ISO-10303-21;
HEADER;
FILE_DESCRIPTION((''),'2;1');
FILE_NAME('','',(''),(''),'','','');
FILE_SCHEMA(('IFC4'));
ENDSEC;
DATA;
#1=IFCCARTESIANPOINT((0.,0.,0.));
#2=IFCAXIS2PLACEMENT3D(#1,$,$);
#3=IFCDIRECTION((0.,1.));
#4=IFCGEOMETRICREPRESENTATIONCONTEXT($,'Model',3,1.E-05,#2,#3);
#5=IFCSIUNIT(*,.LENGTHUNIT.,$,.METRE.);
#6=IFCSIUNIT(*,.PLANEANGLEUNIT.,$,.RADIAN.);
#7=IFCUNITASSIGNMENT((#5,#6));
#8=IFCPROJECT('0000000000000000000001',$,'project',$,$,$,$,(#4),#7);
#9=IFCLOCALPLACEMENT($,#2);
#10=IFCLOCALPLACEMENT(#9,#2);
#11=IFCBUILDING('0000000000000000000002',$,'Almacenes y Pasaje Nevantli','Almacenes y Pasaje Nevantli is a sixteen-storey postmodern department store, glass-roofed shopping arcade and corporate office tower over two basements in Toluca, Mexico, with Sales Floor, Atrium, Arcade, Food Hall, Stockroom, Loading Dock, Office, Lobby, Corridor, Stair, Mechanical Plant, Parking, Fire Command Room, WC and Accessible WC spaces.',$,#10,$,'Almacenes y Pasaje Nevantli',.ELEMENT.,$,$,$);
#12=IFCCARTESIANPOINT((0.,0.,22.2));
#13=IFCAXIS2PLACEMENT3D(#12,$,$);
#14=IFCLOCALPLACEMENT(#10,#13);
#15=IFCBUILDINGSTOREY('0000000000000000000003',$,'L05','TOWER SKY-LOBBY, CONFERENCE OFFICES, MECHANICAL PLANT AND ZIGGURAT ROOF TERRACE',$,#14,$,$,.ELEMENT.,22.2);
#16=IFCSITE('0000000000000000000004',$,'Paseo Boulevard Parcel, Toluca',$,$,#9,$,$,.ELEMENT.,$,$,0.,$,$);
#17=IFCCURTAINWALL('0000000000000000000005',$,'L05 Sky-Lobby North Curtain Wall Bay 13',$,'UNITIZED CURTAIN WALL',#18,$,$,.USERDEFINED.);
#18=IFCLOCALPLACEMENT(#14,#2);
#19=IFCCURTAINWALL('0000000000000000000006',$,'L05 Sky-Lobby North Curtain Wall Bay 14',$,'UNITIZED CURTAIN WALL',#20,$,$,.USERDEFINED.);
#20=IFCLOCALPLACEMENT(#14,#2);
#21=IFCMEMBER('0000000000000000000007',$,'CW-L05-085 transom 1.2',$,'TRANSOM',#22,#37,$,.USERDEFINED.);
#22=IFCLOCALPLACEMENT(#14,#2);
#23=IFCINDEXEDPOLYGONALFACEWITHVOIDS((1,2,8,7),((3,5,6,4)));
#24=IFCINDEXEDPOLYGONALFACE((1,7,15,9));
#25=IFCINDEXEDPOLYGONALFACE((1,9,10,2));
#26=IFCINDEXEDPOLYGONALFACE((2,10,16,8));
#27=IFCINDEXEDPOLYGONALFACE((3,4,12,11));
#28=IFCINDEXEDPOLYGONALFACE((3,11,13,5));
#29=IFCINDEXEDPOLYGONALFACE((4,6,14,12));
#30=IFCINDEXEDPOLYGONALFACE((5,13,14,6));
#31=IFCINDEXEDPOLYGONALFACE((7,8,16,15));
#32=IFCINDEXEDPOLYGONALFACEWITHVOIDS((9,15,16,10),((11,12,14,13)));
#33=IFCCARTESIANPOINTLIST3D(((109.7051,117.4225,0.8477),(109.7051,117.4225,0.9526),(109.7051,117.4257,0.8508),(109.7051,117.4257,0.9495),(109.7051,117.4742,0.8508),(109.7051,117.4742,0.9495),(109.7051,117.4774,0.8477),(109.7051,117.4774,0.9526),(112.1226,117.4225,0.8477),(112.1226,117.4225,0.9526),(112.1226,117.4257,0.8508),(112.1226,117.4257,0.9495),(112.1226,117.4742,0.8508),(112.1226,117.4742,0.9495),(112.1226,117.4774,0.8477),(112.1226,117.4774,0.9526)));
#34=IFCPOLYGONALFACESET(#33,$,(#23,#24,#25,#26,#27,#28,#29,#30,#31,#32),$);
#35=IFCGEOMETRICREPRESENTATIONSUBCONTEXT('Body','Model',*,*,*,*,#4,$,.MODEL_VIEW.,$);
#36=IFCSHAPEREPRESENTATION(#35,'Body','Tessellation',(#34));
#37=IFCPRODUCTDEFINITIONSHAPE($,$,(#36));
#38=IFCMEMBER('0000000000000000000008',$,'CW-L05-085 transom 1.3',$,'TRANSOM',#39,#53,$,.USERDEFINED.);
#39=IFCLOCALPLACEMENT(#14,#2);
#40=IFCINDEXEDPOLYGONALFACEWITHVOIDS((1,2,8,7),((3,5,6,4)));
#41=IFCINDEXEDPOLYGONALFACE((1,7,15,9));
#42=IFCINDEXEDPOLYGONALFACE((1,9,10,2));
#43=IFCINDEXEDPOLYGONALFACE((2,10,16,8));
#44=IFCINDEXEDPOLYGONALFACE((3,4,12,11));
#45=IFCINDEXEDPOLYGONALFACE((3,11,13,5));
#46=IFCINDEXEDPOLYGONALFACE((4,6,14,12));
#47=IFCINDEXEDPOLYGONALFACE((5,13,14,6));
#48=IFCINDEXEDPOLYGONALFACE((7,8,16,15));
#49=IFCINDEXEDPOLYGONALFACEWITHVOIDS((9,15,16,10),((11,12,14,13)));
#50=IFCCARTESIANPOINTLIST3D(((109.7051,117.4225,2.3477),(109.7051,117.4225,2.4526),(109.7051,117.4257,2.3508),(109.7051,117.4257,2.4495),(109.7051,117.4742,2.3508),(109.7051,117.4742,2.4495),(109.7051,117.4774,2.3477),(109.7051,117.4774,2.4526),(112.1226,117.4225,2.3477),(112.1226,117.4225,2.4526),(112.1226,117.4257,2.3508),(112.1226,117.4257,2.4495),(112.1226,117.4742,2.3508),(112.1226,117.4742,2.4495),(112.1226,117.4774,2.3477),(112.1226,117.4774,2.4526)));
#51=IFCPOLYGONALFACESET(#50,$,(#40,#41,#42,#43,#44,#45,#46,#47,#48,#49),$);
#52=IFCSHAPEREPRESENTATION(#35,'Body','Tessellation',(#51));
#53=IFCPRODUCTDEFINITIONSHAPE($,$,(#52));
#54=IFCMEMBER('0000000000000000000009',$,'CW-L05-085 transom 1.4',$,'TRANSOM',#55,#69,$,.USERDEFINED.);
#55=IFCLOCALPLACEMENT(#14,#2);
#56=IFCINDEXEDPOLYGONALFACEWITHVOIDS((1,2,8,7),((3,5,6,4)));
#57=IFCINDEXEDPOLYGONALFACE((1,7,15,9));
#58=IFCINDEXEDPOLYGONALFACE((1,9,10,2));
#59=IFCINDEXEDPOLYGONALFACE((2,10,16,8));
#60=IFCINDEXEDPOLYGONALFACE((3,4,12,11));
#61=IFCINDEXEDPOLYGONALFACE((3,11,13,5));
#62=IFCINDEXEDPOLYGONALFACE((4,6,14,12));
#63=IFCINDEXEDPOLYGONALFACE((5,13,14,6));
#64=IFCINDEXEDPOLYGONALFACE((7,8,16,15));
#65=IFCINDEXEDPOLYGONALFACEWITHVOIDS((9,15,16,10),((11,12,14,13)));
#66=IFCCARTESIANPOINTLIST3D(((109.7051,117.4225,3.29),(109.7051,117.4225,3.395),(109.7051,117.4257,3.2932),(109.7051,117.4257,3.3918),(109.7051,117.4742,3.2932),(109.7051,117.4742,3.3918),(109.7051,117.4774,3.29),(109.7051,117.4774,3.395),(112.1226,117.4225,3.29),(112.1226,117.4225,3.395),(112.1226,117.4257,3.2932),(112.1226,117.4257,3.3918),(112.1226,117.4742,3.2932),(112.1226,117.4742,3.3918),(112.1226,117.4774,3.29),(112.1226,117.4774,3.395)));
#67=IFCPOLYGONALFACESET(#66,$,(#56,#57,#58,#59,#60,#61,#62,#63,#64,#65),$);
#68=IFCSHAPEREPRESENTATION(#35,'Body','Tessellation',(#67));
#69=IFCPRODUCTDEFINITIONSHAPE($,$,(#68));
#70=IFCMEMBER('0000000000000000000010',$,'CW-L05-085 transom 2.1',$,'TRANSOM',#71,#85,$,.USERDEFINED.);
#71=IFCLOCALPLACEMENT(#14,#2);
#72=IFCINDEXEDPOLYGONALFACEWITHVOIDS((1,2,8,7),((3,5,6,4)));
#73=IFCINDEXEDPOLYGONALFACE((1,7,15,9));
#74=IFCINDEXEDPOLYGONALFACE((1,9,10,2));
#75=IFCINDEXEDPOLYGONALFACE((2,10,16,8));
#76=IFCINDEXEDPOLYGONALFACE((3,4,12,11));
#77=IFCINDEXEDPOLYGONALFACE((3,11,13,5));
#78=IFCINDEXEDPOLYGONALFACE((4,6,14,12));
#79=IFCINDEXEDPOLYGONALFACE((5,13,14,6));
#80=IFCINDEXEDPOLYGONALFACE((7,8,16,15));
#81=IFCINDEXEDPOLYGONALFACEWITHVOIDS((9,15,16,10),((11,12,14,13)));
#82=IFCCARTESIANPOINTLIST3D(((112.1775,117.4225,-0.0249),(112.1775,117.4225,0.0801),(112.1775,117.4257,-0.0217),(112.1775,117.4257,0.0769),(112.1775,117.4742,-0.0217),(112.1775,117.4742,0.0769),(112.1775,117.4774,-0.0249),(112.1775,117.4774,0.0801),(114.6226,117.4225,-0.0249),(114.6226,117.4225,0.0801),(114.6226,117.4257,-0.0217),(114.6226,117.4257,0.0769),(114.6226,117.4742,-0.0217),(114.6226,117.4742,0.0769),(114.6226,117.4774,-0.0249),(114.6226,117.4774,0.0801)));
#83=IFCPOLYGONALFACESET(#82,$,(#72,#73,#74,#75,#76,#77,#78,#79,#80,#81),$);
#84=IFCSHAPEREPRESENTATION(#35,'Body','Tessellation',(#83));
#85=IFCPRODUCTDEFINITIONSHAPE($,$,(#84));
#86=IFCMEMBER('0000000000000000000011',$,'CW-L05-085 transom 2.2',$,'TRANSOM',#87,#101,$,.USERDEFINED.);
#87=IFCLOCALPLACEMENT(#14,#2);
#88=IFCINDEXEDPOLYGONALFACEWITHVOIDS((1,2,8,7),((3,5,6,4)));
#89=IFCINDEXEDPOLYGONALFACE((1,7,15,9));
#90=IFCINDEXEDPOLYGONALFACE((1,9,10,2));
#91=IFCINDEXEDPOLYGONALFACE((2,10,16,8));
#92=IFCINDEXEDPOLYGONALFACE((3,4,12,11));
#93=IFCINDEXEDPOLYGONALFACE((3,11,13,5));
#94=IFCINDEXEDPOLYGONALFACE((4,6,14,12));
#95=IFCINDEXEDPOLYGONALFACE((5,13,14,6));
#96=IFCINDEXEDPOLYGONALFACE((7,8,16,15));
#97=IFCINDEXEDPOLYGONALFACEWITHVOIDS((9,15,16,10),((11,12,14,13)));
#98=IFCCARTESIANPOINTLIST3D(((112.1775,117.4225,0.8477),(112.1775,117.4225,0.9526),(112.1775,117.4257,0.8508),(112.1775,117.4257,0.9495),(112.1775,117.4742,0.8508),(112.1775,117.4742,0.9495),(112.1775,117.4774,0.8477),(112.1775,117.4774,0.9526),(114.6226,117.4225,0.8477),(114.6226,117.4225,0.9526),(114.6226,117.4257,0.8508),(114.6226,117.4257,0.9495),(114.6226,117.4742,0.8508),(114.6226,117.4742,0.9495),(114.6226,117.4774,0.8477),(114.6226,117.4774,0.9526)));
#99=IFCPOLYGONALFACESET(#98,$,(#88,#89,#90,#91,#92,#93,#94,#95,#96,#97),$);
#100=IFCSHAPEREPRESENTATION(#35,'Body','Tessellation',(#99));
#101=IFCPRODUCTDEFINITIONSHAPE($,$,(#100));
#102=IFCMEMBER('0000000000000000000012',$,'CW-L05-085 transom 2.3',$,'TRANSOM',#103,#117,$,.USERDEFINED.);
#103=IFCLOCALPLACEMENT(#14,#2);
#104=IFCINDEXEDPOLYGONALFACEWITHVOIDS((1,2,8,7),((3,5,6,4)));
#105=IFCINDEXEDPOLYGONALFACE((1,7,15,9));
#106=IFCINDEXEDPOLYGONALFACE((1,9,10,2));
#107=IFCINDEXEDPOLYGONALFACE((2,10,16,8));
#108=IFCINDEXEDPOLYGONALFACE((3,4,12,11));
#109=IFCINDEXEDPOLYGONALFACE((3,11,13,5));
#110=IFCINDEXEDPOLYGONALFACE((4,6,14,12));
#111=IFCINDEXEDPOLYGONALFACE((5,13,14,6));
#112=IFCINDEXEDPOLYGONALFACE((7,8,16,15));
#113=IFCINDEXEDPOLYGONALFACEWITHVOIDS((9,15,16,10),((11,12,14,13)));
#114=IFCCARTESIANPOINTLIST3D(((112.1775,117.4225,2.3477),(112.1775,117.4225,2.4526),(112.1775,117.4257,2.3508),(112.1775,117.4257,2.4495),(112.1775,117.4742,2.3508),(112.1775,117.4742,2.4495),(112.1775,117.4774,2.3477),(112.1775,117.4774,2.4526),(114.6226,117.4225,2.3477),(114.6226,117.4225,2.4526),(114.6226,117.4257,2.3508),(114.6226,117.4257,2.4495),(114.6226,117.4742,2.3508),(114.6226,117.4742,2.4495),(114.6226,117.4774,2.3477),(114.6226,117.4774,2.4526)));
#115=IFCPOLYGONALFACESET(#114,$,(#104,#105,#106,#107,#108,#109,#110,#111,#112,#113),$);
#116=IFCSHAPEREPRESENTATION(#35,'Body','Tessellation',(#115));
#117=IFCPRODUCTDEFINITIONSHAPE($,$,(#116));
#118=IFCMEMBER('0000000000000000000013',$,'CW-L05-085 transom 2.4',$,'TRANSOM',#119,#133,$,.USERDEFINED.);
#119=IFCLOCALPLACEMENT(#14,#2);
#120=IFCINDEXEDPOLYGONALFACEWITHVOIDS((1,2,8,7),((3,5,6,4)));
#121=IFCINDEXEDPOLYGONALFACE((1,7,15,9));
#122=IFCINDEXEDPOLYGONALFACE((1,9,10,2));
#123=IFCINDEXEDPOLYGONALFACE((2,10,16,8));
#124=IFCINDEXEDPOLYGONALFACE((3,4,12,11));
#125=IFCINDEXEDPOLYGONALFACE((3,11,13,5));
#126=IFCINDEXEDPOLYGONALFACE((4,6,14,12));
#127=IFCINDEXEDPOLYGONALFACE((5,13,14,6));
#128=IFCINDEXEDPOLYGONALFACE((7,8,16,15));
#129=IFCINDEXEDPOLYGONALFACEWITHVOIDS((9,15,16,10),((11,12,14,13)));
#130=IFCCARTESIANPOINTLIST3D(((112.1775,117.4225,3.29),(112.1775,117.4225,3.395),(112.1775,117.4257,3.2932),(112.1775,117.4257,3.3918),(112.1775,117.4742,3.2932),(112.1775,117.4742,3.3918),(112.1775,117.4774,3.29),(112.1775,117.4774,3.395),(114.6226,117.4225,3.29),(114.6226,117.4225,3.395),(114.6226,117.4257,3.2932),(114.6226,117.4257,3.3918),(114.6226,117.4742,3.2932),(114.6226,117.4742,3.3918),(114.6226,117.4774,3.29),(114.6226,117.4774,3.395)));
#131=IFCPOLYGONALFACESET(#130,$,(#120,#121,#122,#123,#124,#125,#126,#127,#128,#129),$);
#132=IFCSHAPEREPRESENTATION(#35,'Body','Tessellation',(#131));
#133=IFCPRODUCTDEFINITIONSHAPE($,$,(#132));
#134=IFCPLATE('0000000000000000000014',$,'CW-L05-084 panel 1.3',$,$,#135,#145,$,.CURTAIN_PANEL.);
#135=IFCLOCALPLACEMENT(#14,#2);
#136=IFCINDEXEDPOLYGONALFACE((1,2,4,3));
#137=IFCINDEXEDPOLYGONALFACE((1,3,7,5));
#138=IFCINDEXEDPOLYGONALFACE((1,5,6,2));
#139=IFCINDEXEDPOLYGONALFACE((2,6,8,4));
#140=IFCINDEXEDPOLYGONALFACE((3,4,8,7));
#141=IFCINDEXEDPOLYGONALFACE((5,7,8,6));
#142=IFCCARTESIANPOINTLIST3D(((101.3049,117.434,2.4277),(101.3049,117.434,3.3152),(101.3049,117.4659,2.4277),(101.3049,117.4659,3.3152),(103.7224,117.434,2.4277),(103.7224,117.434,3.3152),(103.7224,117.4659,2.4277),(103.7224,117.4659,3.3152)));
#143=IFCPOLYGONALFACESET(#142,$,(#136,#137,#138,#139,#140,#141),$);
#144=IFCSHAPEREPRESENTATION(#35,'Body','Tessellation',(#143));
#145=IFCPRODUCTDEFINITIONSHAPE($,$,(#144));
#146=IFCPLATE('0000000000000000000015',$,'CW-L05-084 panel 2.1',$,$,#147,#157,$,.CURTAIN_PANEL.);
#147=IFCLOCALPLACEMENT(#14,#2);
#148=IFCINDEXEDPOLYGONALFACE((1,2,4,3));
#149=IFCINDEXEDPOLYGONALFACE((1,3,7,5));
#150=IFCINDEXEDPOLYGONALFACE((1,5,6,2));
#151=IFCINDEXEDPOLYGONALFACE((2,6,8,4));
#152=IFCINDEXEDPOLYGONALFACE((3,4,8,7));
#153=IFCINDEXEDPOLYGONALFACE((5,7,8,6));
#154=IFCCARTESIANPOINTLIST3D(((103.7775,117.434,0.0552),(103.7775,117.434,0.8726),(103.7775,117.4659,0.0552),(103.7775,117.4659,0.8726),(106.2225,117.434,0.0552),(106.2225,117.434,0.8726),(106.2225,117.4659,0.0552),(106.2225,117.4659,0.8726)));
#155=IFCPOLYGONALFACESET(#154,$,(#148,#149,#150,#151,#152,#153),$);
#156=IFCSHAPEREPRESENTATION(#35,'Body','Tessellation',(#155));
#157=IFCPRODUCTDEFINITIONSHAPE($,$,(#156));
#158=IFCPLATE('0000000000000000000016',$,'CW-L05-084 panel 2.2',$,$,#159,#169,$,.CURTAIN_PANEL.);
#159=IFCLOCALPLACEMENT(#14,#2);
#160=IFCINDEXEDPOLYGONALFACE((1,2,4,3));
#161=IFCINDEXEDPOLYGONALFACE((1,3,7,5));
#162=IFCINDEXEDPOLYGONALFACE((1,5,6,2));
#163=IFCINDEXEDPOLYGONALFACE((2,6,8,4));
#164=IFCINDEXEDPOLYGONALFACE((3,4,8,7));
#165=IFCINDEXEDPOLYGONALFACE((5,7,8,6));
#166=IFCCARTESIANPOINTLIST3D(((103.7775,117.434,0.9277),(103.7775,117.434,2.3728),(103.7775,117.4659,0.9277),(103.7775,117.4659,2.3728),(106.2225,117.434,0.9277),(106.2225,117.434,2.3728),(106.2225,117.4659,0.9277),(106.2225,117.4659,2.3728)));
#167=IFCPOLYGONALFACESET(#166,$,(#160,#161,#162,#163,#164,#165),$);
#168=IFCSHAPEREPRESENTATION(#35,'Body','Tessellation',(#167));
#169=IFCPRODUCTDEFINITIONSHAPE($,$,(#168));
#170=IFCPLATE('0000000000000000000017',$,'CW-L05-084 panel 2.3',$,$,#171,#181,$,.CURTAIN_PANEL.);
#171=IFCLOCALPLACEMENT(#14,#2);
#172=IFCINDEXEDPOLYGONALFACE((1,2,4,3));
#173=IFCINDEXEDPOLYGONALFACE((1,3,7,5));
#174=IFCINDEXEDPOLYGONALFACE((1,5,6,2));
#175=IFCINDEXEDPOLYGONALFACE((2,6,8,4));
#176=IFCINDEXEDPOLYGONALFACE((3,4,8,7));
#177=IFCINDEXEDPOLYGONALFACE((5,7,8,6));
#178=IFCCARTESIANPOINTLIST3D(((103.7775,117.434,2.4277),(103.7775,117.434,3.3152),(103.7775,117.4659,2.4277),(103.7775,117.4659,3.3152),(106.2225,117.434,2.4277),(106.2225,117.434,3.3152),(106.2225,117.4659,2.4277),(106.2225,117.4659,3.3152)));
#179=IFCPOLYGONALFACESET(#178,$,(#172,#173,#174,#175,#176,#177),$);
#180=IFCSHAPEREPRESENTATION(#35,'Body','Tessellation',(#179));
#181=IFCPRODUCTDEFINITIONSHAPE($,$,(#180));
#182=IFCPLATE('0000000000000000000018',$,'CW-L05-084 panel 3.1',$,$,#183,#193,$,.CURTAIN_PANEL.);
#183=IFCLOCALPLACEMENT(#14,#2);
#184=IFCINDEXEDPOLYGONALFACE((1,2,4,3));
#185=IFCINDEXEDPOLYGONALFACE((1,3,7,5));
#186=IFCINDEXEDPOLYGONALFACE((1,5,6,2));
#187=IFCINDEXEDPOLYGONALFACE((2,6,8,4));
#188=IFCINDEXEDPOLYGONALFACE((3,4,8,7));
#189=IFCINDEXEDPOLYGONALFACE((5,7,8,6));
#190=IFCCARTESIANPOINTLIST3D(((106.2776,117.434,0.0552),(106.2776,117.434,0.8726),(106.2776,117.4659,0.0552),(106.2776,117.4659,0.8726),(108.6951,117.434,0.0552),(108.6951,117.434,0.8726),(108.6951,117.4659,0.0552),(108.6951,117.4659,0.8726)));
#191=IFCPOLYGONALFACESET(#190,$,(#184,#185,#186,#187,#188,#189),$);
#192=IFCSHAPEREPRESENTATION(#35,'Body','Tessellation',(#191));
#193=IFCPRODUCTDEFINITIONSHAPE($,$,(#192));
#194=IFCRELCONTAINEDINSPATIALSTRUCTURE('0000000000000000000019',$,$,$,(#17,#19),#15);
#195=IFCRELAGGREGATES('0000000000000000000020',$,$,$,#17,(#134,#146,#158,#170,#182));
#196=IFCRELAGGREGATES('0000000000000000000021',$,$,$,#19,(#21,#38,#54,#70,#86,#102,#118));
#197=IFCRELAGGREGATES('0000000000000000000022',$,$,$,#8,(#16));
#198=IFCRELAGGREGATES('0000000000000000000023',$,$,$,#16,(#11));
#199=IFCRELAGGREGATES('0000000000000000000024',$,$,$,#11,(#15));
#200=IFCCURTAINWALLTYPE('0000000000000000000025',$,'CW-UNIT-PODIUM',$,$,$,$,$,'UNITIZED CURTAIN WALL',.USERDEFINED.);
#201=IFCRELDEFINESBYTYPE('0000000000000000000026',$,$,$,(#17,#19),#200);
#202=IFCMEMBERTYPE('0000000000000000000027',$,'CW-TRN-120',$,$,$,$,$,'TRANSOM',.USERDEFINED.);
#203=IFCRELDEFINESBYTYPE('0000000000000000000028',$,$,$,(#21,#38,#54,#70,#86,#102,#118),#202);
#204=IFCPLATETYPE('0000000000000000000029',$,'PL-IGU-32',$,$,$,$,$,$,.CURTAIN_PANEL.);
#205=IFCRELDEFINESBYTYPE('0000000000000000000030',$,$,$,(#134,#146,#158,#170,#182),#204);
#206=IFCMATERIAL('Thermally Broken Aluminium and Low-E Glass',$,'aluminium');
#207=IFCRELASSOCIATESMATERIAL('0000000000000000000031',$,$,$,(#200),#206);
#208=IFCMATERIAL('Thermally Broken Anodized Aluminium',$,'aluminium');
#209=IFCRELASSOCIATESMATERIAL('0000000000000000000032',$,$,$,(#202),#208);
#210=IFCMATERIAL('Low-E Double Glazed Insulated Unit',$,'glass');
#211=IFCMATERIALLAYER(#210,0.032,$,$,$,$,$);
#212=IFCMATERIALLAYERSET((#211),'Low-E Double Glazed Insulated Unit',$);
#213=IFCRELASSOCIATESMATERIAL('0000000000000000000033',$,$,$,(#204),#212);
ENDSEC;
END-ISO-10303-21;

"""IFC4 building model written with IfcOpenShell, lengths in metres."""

from ifc_helpers import new_model, si_unit, direction, frame, origin, origin_2d, place, context, subcontext, project, spatial, rectangle, hollow_rectangle, extrude, material, layer, layer_set, material_profile, profile_set, type_object, element, aggregate, save


model = new_model("IFC4")

# Units and contexts
model_context = context("Model", 3, precision=1e-05, world=origin(), true_north=direction((0.0, 1.0)))
body_context = subcontext(model_context, "Body", "Model", "MODEL_VIEW")
ifc_project = project(units=[si_unit("LENGTHUNIT", "METRE"), si_unit("PLANEANGLEUNIT", "RADIAN")], contexts=[model_context])

# Site, building, storey
site_placement = place(None, origin())
site = spatial("IfcSite", under=ifc_project, at=site_placement, Name="Paseo Boulevard Parcel, Toluca", CompositionType="ELEMENT", RefElevation=0.0)
building_placement = place(site_placement, origin())
building = spatial("IfcBuilding", under=site, at=building_placement, Name="Almacenes y Pasaje Nevantli", Description="Almacenes y Pasaje Nevantli is a sixteen-storey postmodern department store, glass-roofed shopping arcade and corporate office tower over two basements in Toluca, Mexico, with Sales Floor, Atrium, Arcade, Food Hall, Stockroom, Loading Dock, Office, Lobby, Corridor, Stair, Mechanical Plant, Parking, Fire Command Room, WC and Accessible WC spaces.", LongName="Almacenes y Pasaje Nevantli", CompositionType="ELEMENT")
storey_placement = place(building_placement, frame((0.0, 0.0, 22.2)))
storey = spatial("IfcBuildingStorey", under=building, at=storey_placement, Name="L05", Description="TOWER SKY-LOBBY, CONFERENCE OFFICES, MECHANICAL PLANT AND ZIGGURAT ROOF TERRACE", CompositionType="ELEMENT", Elevation=22.2)

# Curtain walls
ifc_material_1 = material(Name="Thermally Broken Aluminium and Low-E Glass", Category="aluminium")
curtain_wall_type = type_object("IfcCurtainWallType", Name="CW-UNIT-PODIUM", ElementType="UNITIZED CURTAIN WALL", PredefinedType="USERDEFINED", material=ifc_material_1)
curtain_wall_1_placement = place(storey_placement, origin())
curtain_wall_1 = element("IfcCurtainWall", 1, at=curtain_wall_1_placement, inside=storey, type_object=curtain_wall_type, Name="L05 Sky-Lobby North Curtain Wall Bay 13", ObjectType="UNITIZED CURTAIN WALL", PredefinedType="USERDEFINED")
curtain_wall_2_placement = place(storey_placement, origin())
curtain_wall_2 = element("IfcCurtainWall", 2, at=curtain_wall_2_placement, inside=storey, type_object=curtain_wall_type, Name="L05 Sky-Lobby North Curtain Wall Bay 14", ObjectType="UNITIZED CURTAIN WALL", PredefinedType="USERDEFINED")

# Members
ifc_material_2 = material(Name="Thermally Broken Anodized Aluminium", Category="aluminium")
ifc_material_profile_1 = material_profile(ifc_material_2, hollow_rectangle(XDim=0.0549, YDim=0.105, WallThickness=0.0032, at=origin_2d()), Name="ALU-TRN-55x105")
ifc_profile_set_1 = profile_set([ifc_material_profile_1], Name="Thermally Broken Anodized Aluminium")
member_type_1 = type_object("IfcMemberType", Name="CW-TRN-120", ElementType="TRANSOM", PredefinedType="USERDEFINED", material=ifc_profile_set_1)
member_1_placement = place(storey_placement, frame((109.7051, 117.45, 0.9001), z_axis=(1.0, 0.0, 0.0), x_axis=(0.0, 1.0, 0.0)))
member_1 = element("IfcMember", 3, at=member_1_placement, type_object=member_type_1, Name="CW-L05-085 transom 1.2", ObjectType="TRANSOM", PredefinedType="USERDEFINED", context=body_context, shape_type="SweptSolid", body=[
    extrude(hollow_rectangle(XDim=0.0549, YDim=0.105, WallThickness=0.0032, at=origin_2d()), origin(), (0.0, 0.0, 1.0), 2.4175),
])
member_2_placement = place(storey_placement, frame((109.7051, 117.45, 2.4001), z_axis=(1.0, 0.0, 0.0), x_axis=(0.0, 1.0, 0.0)))
member_2 = element("IfcMember", 4, at=member_2_placement, type_object=member_type_1, Name="CW-L05-085 transom 1.3", ObjectType="TRANSOM", PredefinedType="USERDEFINED", context=body_context, shape_type="SweptSolid", body=[
    extrude(hollow_rectangle(XDim=0.0549, YDim=0.105, WallThickness=0.0032, at=origin_2d()), origin(), (0.0, 0.0, 1.0), 2.4175),
])
member_3_placement = place(storey_placement, frame((109.7051, 117.45, 3.3425), z_axis=(1.0, 0.0, 0.0), x_axis=(0.0, 1.0, 0.0)))
member_3 = element("IfcMember", 5, at=member_3_placement, type_object=member_type_1, Name="CW-L05-085 transom 1.4", ObjectType="TRANSOM", PredefinedType="USERDEFINED", context=body_context, shape_type="SweptSolid", body=[
    extrude(hollow_rectangle(XDim=0.0549, YDim=0.105, WallThickness=0.0032, at=origin_2d()), origin(), (0.0, 0.0, 1.0), 2.4175),
])
member_4_placement = place(storey_placement, frame((112.1775, 117.45, 0.0276), z_axis=(1.0, 0.0, 0.0), x_axis=(0.0, 1.0, 0.0)))
member_4 = element("IfcMember", 6, at=member_4_placement, type_object=member_type_1, Name="CW-L05-085 transom 2.1", ObjectType="TRANSOM", PredefinedType="USERDEFINED", context=body_context, shape_type="SweptSolid", body=[
    extrude(hollow_rectangle(XDim=0.0549, YDim=0.105, WallThickness=0.0032, at=origin_2d()), origin(), (0.0, 0.0, 1.0), 2.4451),
])
member_5_placement = place(storey_placement, frame((112.1775, 117.45, 0.9001), z_axis=(1.0, 0.0, 0.0), x_axis=(0.0, 1.0, 0.0)))
member_5 = element("IfcMember", 7, at=member_5_placement, type_object=member_type_1, Name="CW-L05-085 transom 2.2", ObjectType="TRANSOM", PredefinedType="USERDEFINED", context=body_context, shape_type="SweptSolid", body=[
    extrude(hollow_rectangle(XDim=0.0549, YDim=0.105, WallThickness=0.0032, at=origin_2d()), origin(), (0.0, 0.0, 1.0), 2.4451),
])
member_6_placement = place(storey_placement, frame((112.1775, 117.45, 2.4001), z_axis=(1.0, 0.0, 0.0), x_axis=(0.0, 1.0, 0.0)))
member_6 = element("IfcMember", 8, at=member_6_placement, type_object=member_type_1, Name="CW-L05-085 transom 2.3", ObjectType="TRANSOM", PredefinedType="USERDEFINED", context=body_context, shape_type="SweptSolid", body=[
    extrude(hollow_rectangle(XDim=0.0549, YDim=0.105, WallThickness=0.0032, at=origin_2d()), origin(), (0.0, 0.0, 1.0), 2.4451),
])
member_7_placement = place(storey_placement, frame((112.1775, 117.45, 3.3425), z_axis=(1.0, 0.0, 0.0), x_axis=(0.0, 1.0, 0.0)))
member_7 = element("IfcMember", 9, at=member_7_placement, type_object=member_type_1, Name="CW-L05-085 transom 2.4", ObjectType="TRANSOM", PredefinedType="USERDEFINED", context=body_context, shape_type="SweptSolid", body=[
    extrude(hollow_rectangle(XDim=0.0549, YDim=0.105, WallThickness=0.0032, at=origin_2d()), origin(), (0.0, 0.0, 1.0), 2.4451),
])

# Plates
ifc_material_3 = material(Name="Low-E Double Glazed Insulated Unit", Category="glass")
ifc_layer = layer(ifc_material_3, 0.032)
ifc_layer_set = layer_set([ifc_layer], Name="Low-E Double Glazed Insulated Unit")
plate_type = type_object("IfcPlateType", Name="PL-IGU-32", PredefinedType="CURTAIN_PANEL", material=ifc_layer_set)
plate_1_placement = place(storey_placement, frame((102.5137, 117.45, 2.4277), z_axis=(0.0, 0.0, 1.0), x_axis=(1.0, 0.0, 0.0)))
plate_1 = element("IfcPlate", 10, at=plate_1_placement, type_object=plate_type, Name="CW-L05-084 panel 1.3", PredefinedType="CURTAIN_PANEL", context=body_context, shape_type="SweptSolid", body=[
    extrude(rectangle(XDim=2.4175, YDim=0.032, at=origin_2d()), origin(), (0.0, 0.0, 1.0), 0.8875),
])
plate_2_placement = place(storey_placement, frame((105.0, 117.45, 0.0552), z_axis=(0.0, 0.0, 1.0), x_axis=(1.0, 0.0, 0.0)))
plate_2 = element("IfcPlate", 11, at=plate_2_placement, type_object=plate_type, Name="CW-L05-084 panel 2.1", PredefinedType="CURTAIN_PANEL", context=body_context, shape_type="SweptSolid", body=[
    extrude(rectangle(XDim=2.4451, YDim=0.032, at=origin_2d()), origin(), (0.0, 0.0, 1.0), 0.8174),
])
plate_3_placement = place(storey_placement, frame((105.0, 117.45, 0.9277), z_axis=(0.0, 0.0, 1.0), x_axis=(1.0, 0.0, 0.0)))
plate_3 = element("IfcPlate", 12, at=plate_3_placement, type_object=plate_type, Name="CW-L05-084 panel 2.2", PredefinedType="CURTAIN_PANEL", context=body_context, shape_type="SweptSolid", body=[
    extrude(rectangle(XDim=2.4451, YDim=0.032, at=origin_2d()), origin(), (0.0, 0.0, 1.0), 1.4451),
])
plate_4_placement = place(storey_placement, frame((105.0, 117.45, 2.4277), z_axis=(0.0, 0.0, 1.0), x_axis=(1.0, 0.0, 0.0)))
plate_4 = element("IfcPlate", 13, at=plate_4_placement, type_object=plate_type, Name="CW-L05-084 panel 2.3", PredefinedType="CURTAIN_PANEL", context=body_context, shape_type="SweptSolid", body=[
    extrude(rectangle(XDim=2.4451, YDim=0.032, at=origin_2d()), origin(), (0.0, 0.0, 1.0), 0.8875),
])
plate_5_placement = place(storey_placement, frame((107.4863, 117.45, 0.0552), z_axis=(0.0, 0.0, 1.0), x_axis=(1.0, 0.0, 0.0)))
plate_5 = element("IfcPlate", 14, at=plate_5_placement, type_object=plate_type, Name="CW-L05-084 panel 3.1", PredefinedType="CURTAIN_PANEL", context=body_context, shape_type="SweptSolid", body=[
    extrude(rectangle(XDim=2.4175, YDim=0.032, at=origin_2d()), origin(), (0.0, 0.0, 1.0), 0.8174),
])
aggregate(curtain_wall_1, [plate_1, plate_2, plate_3, plate_4, plate_5])
aggregate(curtain_wall_2, [member_1, member_2, member_3, member_4, member_5, member_6, member_7])

save(model, "model.ifc")
